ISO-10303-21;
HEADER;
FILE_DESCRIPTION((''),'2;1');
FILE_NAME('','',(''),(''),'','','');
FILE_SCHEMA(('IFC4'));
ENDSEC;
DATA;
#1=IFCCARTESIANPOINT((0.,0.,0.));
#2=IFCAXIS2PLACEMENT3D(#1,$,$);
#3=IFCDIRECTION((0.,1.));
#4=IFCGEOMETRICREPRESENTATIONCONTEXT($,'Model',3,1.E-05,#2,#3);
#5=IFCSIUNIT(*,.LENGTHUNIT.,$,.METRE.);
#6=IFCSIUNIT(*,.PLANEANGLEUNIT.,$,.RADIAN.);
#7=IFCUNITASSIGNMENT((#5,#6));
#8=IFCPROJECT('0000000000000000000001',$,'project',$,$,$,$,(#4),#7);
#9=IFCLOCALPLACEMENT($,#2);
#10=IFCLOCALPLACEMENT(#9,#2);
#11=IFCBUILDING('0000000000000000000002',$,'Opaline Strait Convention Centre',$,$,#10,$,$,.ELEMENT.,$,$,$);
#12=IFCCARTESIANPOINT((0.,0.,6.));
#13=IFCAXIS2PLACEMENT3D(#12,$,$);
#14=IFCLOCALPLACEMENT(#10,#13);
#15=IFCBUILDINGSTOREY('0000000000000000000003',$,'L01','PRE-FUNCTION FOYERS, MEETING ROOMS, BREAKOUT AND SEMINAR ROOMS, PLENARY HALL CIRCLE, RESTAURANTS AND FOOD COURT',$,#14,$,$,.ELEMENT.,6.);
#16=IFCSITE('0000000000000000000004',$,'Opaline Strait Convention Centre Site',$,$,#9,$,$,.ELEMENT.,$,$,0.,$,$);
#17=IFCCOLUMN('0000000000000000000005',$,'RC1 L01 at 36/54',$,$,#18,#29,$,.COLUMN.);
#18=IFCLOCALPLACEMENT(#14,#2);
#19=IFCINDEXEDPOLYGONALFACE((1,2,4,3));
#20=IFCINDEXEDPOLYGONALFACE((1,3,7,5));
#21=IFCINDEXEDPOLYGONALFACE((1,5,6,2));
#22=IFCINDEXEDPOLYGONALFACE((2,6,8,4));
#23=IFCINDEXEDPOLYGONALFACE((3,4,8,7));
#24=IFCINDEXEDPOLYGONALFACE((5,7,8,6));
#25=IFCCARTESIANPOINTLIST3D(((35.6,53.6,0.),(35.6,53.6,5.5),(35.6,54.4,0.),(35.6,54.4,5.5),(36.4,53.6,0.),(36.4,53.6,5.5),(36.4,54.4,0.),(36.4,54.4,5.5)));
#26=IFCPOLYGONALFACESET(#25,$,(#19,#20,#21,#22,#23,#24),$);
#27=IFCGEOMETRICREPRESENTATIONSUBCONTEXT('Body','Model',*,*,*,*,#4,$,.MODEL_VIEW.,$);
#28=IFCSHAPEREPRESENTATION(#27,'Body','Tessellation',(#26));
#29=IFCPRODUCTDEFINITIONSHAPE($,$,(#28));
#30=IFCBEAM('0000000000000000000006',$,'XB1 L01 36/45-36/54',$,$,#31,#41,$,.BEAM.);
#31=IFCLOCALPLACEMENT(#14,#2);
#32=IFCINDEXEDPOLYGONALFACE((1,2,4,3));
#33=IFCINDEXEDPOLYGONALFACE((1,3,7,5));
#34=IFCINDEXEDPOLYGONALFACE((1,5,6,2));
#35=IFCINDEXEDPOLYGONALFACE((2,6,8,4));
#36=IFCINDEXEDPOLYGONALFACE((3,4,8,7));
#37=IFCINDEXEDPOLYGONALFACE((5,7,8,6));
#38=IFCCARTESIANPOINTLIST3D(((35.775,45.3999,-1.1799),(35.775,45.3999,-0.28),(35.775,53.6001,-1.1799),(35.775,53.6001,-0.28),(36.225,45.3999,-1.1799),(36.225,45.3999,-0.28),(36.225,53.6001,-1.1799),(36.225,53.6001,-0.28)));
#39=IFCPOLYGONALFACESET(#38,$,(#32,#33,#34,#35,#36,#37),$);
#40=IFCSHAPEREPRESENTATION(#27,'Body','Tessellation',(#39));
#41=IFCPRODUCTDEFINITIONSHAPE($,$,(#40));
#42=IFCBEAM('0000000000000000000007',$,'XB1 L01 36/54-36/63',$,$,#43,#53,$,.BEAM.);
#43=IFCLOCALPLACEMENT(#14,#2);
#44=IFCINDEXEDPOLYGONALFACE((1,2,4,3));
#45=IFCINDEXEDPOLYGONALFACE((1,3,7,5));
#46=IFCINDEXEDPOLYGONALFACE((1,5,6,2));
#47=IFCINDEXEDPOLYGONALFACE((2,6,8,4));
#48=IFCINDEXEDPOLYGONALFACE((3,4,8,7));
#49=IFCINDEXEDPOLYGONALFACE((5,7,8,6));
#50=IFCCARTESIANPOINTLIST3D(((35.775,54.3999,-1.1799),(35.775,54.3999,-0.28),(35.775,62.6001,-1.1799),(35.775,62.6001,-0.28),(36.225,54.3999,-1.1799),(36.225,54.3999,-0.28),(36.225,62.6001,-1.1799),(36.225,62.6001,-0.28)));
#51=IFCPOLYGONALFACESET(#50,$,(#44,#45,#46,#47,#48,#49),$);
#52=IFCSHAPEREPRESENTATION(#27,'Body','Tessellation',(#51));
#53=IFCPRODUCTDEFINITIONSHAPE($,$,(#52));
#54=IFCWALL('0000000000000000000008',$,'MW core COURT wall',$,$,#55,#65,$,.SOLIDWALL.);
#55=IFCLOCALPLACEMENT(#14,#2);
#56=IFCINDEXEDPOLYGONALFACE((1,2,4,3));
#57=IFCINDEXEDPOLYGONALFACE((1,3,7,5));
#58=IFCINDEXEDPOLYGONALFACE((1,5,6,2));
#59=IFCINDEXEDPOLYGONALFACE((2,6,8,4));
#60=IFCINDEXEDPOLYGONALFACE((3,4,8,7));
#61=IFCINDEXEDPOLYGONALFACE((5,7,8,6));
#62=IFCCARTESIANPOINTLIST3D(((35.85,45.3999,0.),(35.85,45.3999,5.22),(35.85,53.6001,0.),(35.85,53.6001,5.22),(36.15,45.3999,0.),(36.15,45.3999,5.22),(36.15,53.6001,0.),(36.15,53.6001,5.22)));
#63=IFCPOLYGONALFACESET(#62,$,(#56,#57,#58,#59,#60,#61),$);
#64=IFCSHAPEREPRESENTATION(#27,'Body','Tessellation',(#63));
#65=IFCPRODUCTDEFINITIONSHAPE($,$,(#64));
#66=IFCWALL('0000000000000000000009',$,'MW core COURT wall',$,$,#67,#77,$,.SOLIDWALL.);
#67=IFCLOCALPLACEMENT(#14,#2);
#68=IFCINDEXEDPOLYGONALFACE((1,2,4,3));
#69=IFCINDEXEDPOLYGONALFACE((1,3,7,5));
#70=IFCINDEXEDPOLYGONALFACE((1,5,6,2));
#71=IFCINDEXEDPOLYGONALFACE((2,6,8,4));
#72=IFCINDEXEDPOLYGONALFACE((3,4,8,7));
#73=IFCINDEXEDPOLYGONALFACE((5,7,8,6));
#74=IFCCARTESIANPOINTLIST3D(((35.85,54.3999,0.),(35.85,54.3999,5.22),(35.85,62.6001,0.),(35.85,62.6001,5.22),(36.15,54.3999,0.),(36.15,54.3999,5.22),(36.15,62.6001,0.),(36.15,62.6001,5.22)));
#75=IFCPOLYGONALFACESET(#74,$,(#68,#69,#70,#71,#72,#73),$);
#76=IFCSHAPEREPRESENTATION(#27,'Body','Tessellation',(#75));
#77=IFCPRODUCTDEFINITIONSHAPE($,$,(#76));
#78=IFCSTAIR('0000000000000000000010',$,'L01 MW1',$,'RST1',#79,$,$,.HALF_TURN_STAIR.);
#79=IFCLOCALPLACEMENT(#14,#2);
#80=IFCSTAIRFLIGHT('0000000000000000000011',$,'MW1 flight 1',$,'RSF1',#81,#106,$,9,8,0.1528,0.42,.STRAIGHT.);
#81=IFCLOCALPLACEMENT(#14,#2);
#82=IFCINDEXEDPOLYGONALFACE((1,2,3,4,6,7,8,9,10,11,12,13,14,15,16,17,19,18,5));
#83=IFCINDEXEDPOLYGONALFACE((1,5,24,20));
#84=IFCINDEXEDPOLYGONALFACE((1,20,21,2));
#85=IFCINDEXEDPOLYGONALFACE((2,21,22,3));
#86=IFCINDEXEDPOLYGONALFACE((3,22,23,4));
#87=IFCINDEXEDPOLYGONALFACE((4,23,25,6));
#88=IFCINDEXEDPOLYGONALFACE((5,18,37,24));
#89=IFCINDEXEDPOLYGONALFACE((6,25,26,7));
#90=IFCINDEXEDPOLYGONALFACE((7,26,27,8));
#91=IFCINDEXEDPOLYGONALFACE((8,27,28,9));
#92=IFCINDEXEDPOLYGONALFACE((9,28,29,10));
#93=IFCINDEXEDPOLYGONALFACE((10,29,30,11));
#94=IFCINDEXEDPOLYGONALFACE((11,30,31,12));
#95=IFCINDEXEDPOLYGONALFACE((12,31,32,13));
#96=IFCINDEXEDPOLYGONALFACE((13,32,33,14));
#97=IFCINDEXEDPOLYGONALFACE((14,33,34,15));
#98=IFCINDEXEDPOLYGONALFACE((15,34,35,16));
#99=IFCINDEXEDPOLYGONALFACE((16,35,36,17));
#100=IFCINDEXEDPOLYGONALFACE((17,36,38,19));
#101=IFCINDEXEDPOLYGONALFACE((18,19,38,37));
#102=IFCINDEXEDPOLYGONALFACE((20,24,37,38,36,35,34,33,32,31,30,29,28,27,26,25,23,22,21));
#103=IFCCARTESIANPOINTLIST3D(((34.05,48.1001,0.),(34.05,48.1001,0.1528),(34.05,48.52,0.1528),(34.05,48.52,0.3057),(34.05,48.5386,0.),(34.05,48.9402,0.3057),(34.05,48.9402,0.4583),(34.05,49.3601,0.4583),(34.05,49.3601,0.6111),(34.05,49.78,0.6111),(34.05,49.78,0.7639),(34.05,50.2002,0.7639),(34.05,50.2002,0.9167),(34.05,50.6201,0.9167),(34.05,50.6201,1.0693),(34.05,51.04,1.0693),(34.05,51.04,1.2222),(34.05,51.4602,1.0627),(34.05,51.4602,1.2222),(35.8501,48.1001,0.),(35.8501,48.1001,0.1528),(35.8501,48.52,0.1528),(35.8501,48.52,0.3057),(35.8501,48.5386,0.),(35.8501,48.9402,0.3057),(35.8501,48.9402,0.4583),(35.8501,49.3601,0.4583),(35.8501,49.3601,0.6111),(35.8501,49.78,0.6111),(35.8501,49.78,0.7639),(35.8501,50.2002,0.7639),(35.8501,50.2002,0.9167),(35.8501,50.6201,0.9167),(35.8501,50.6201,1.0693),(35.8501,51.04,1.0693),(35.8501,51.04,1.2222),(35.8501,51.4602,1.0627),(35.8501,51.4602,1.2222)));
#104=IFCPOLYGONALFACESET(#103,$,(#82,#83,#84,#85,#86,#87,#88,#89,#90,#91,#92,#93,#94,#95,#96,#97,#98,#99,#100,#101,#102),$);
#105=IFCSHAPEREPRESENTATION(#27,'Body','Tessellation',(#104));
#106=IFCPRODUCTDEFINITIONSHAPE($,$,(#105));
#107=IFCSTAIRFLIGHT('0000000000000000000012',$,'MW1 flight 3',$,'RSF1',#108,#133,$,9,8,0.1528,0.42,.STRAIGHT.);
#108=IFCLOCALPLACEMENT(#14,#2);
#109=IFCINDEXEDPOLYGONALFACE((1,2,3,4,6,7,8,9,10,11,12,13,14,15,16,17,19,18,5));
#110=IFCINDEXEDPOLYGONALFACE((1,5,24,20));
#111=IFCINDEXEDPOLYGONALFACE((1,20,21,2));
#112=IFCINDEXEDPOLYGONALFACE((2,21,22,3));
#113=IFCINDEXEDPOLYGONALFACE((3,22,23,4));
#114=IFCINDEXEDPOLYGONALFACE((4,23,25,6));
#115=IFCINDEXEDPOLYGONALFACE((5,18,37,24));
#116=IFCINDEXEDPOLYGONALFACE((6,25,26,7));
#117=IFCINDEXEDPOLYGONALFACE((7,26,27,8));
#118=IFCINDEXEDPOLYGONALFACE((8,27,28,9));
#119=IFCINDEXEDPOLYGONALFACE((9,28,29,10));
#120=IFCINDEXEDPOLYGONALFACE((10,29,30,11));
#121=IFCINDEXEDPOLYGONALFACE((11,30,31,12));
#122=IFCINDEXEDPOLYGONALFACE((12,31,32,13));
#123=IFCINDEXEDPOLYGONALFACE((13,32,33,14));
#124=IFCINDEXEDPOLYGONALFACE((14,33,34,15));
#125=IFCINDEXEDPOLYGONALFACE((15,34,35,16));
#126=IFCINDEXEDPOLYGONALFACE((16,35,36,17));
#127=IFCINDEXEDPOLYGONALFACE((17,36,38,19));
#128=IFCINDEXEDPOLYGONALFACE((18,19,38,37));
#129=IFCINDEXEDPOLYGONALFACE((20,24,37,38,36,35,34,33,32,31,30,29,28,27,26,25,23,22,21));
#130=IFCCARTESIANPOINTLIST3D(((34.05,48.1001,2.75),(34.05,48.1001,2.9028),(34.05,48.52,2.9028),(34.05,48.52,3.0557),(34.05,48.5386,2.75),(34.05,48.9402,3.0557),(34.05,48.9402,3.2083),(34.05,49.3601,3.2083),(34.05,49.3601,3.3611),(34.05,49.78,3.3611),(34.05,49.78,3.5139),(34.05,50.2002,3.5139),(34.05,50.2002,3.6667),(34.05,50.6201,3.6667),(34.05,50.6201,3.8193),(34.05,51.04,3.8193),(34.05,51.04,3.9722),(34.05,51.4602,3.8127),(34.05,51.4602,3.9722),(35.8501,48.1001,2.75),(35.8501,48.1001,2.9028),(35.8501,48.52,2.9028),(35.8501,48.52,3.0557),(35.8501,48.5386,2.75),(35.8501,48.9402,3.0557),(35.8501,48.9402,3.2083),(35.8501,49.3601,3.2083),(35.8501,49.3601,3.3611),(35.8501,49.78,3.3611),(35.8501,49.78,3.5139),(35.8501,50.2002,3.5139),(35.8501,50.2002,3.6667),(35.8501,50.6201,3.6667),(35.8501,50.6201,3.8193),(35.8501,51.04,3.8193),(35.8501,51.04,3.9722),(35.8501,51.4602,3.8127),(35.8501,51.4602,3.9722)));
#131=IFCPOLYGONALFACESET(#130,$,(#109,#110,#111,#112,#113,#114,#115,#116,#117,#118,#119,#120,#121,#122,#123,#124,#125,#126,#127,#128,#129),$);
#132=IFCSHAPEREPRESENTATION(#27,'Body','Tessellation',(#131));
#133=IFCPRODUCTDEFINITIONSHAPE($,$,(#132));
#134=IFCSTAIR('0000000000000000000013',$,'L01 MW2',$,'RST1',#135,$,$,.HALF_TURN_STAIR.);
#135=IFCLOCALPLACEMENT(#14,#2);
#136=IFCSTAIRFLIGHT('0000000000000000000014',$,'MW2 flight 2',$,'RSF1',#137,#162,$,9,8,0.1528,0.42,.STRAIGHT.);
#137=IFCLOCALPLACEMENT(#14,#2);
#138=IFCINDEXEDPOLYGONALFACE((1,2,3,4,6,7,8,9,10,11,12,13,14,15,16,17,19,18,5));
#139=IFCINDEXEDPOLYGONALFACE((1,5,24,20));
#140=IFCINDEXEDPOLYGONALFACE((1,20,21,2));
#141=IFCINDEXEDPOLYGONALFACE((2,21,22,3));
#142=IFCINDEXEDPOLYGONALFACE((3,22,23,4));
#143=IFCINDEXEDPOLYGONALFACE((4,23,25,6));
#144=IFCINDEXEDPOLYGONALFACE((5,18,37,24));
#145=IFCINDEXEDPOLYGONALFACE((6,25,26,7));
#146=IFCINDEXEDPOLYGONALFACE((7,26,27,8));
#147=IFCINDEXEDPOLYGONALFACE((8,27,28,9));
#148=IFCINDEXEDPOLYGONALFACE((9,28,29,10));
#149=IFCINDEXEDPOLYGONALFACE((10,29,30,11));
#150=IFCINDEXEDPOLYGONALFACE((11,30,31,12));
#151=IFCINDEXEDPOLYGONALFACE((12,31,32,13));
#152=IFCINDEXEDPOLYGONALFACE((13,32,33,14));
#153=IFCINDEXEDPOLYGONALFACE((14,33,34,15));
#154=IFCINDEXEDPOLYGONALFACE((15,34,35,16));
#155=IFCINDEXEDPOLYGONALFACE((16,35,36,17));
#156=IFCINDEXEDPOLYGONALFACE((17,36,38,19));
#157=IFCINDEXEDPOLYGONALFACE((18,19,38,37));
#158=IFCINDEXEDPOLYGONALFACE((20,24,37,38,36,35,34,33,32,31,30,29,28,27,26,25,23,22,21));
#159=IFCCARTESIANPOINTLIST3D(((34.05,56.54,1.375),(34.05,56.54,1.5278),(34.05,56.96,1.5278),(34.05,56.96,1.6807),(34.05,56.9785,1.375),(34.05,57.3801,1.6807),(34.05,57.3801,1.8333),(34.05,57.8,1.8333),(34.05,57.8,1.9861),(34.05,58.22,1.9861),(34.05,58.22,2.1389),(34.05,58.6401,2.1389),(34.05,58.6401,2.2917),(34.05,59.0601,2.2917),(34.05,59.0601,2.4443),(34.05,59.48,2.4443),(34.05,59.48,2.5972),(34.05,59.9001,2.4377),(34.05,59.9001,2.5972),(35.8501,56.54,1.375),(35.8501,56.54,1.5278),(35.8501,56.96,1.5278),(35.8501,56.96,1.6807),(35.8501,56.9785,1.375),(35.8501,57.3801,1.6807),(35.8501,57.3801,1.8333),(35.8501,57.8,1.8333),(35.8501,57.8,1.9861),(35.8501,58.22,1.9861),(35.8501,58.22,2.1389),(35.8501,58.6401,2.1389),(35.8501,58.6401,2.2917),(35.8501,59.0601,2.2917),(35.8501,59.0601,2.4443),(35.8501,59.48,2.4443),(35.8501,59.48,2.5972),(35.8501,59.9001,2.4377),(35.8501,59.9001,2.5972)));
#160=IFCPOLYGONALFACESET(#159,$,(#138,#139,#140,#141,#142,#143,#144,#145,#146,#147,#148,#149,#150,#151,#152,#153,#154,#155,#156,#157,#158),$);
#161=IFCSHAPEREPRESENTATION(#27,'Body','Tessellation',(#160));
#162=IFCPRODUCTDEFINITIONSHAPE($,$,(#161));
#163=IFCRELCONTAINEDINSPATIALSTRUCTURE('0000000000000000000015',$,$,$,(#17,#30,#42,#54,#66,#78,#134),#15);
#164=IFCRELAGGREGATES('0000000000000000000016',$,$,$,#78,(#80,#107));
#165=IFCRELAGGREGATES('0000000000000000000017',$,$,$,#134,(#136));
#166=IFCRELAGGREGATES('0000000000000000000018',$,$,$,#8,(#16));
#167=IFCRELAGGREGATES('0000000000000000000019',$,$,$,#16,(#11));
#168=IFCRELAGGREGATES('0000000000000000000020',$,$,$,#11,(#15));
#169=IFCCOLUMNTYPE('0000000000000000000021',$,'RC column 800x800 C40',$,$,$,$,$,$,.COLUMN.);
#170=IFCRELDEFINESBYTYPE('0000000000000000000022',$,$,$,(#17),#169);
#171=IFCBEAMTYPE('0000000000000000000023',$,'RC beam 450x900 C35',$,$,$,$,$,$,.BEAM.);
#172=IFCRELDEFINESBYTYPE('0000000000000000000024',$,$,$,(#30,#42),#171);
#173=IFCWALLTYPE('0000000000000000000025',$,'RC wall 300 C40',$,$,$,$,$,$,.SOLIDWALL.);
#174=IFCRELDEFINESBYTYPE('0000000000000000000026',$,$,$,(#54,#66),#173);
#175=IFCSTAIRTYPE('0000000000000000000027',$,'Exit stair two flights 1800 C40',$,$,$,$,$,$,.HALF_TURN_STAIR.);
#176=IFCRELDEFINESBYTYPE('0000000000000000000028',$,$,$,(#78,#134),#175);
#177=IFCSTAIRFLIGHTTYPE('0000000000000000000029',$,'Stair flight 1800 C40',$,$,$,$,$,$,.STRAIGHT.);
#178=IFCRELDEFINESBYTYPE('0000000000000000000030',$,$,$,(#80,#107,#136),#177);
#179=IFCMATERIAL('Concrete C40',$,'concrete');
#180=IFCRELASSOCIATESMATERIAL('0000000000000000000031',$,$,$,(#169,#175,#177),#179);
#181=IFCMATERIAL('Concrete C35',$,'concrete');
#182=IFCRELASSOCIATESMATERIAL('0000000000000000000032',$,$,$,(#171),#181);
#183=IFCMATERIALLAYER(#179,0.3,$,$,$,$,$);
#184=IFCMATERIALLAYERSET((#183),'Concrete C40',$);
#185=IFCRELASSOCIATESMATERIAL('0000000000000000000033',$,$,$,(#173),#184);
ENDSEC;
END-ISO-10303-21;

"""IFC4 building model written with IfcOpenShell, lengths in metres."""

from ifc_helpers import new_model, si_unit, direction, frame, frame_2d, origin, origin_2d, place, context, subcontext, project, spatial, polyline, rectangle, outline, extrude, material, layer, layer_set, material_profile, profile_set, type_object, element, aggregate, save


model = new_model("IFC4")

# Units and contexts
model_context = context("Model", 3, precision=1e-05, world=origin(), true_north=direction((0.0, 1.0)))
body_context = subcontext(model_context, "Body", "Model", "MODEL_VIEW")
ifc_project = project(units=[si_unit("LENGTHUNIT", "METRE"), si_unit("PLANEANGLEUNIT", "RADIAN")], contexts=[model_context])

# Site, building, storey
site_placement = place(None, origin())
site = spatial("IfcSite", under=ifc_project, at=site_placement, Name="Opaline Strait Convention Centre Site", CompositionType="ELEMENT", RefElevation=0.0)
building_placement = place(site_placement, origin())
building = spatial("IfcBuilding", under=site, at=building_placement, Name="Opaline Strait Convention Centre", CompositionType="ELEMENT")
storey_placement = place(building_placement, frame((0.0, 0.0, 6.0)))
storey = spatial("IfcBuildingStorey", under=building, at=storey_placement, Name="L01", Description="PRE-FUNCTION FOYERS, MEETING ROOMS, BREAKOUT AND SEMINAR ROOMS, PLENARY HALL CIRCLE, RESTAURANTS AND FOOD COURT", CompositionType="ELEMENT", Elevation=6.0)

# Column
ifc_material_1 = material(Name="Concrete C40", Category="concrete")
ifc_material_profile_1 = material_profile(ifc_material_1, rectangle(XDim=0.8, YDim=0.8, at=origin_2d()), Name="RC 800x800")
ifc_profile_set_1 = profile_set([ifc_material_profile_1], Name="Concrete C40")
column_type = type_object("IfcColumnType", Name="RC column 800x800 C40", PredefinedType="COLUMN", material=ifc_profile_set_1)
column_placement = place(storey_placement, frame((36.0, 54.0, 0.0), z_axis=(0.0, 0.0, 1.0), x_axis=(1.0, 0.0, 0.0)))
element("IfcColumn", 1, at=column_placement, inside=storey, type_object=column_type, Name="RC1 L01 at 36/54", PredefinedType="COLUMN", context=body_context, shape_type="SweptSolid", body=[
    extrude(rectangle(XDim=0.8, YDim=0.8, at=origin_2d()), origin(), (0.0, 0.0, 1.0), 5.5),
])

# Beams
ifc_material_2 = material(Name="Concrete C35", Category="concrete")
ifc_material_profile_2 = material_profile(ifc_material_2, rectangle(XDim=0.45, YDim=0.8999, at=origin_2d()), Name="RC 450x900")
ifc_profile_set_2 = profile_set([ifc_material_profile_2], Name="Concrete C35")
beam_type = type_object("IfcBeamType", Name="RC beam 450x900 C35", PredefinedType="BEAM", material=ifc_profile_set_2)
for number, where, z_axis, x_axis, name in (
    (2, (36.0, 45.3999, -0.73), (0.0, 1.0, 0.0), (-1.0, 0.0, 0.0), "XB1 L01 36/45-36/54"),
    (3, (36.0, 54.3999, -0.73), (0.0, 1.0, 0.0), (-1.0, 0.0, 0.0), "XB1 L01 36/54-36/63"),
):
    element("IfcBeam", number, at=place(storey_placement, frame(where, z_axis=z_axis, x_axis=x_axis)), inside=storey, type_object=beam_type, Name=name, PredefinedType="BEAM", context=body_context, shape_type="SweptSolid", body=[
        extrude(rectangle(XDim=0.45, YDim=0.8999, at=origin_2d()), origin(), (0.0, 0.0, 1.0), 8.2002),
    ])

# Walls
ifc_layer = layer(ifc_material_1, 0.3)
ifc_layer_set = layer_set([ifc_layer], Name="Concrete C40")
wall_type = type_object("IfcWallType", Name="RC wall 300 C40", PredefinedType="SOLIDWALL", material=ifc_layer_set)
for number, where, z_axis, x_axis, name in (
    (4, (36.0, 45.3999, 0.0), (0.0, 0.0, 1.0), (0.0, 1.0, 0.0), "MW core COURT wall"),
    (5, (36.0, 54.3999, 0.0), (0.0, 0.0, 1.0), (0.0, 1.0, 0.0), "MW core COURT wall"),
):
    element("IfcWall", number, at=place(storey_placement, frame(where, z_axis=z_axis, x_axis=x_axis)), inside=storey, type_object=wall_type, Name=name, PredefinedType="SOLIDWALL", context=body_context, shape_type="SweptSolid", body=[
        extrude(rectangle(XDim=8.2002, YDim=0.3, at=frame_2d((4.1001, 0.0))), origin(), (0.0, 0.0, 1.0), 5.22),
    ])

# Stairs, stair flights
stair_type = type_object("IfcStairType", Name="Exit stair two flights 1800 C40", PredefinedType="HALF_TURN_STAIR", material=ifc_material_1)
stair_1_placement = place(storey_placement, origin())
stair_1 = element("IfcStair", 6, at=stair_1_placement, inside=storey, type_object=stair_type, Name="L01 MW1", ObjectType="RST1", PredefinedType="HALF_TURN_STAIR")
stair_flight_type = type_object("IfcStairFlightType", Name="Stair flight 1800 C40", PredefinedType="STRAIGHT", material=ifc_material_1)
stair_flight_1_placement = place(storey_placement, frame((34.95, 48.1001, 0.0), z_axis=(0.0, 0.0, 1.0), x_axis=(0.0, 1.0, 0.0)))
stair_flight_1 = element("IfcStairFlight", 7, at=stair_flight_1_placement, type_object=stair_flight_type, Name="MW1 flight 1", ObjectType="RSF1", NumberOfRisers=9, NumberOfTreads=8, PredefinedType="STRAIGHT", RiserHeight=0.1528, TreadLength=0.42, context=body_context, shape_type="SweptSolid", body=[
    extrude(outline(polyline([(0.0, 0.0), (0.0, 0.1528), (0.4199, 0.1528), (0.4199, 0.3057), (0.8401, 0.3057), (0.8401, 0.4583), (1.26, 0.4583), (1.26, 0.6111), (1.6799, 0.6111), (1.6799, 0.7639), (2.1001, 0.7639), (2.1001, 0.9167), (2.52, 0.9167), (2.52, 1.0693), (2.9399, 1.0693), (2.9399, 1.2222), (3.3601, 1.2222), (3.3601, 1.375), (3.3601, 1.0627), (0.4385, 0.0), (0.0, 0.0)])), frame((0.0, 0.8999, 0.0), z_axis=(0.0, -1.0, 0.0), x_axis=(1.0, 0.0, 0.0)), (0.0, 0.0, 1.0), 1.8),
])
stair_flight_2_placement = place(storey_placement, frame((34.95, 48.1001, 2.75), z_axis=(0.0, 0.0, 1.0), x_axis=(0.0, 1.0, 0.0)))
stair_flight_2 = element("IfcStairFlight", 8, at=stair_flight_2_placement, type_object=stair_flight_type, Name="MW1 flight 3", ObjectType="RSF1", NumberOfRisers=9, NumberOfTreads=8, PredefinedType="STRAIGHT", RiserHeight=0.1528, TreadLength=0.42, context=body_context, shape_type="SweptSolid", body=[
    extrude(outline(polyline([(0.0, 0.0), (0.0, 0.1528), (0.4199, 0.1528), (0.4199, 0.3057), (0.8401, 0.3057), (0.8401, 0.4583), (1.26, 0.4583), (1.26, 0.6111), (1.6799, 0.6111), (1.6799, 0.7639), (2.1001, 0.7639), (2.1001, 0.9167), (2.52, 0.9167), (2.52, 1.0693), (2.9399, 1.0693), (2.9399, 1.2222), (3.3601, 1.2222), (3.3601, 1.375), (3.3601, 1.0627), (0.4385, 0.0), (0.0, 0.0)])), frame((0.0, 0.8999, 0.0), z_axis=(0.0, -1.0, 0.0), x_axis=(1.0, 0.0, 0.0)), (0.0, 0.0, 1.0), 1.8),
])
aggregate(stair_1, [stair_flight_1, stair_flight_2])
stair_2_placement = place(storey_placement, origin())
stair_2 = element("IfcStair", 9, at=stair_2_placement, inside=storey, type_object=stair_type, Name="L01 MW2", ObjectType="RST1", PredefinedType="HALF_TURN_STAIR")
stair_flight_3_placement = place(storey_placement, frame((34.95, 56.54, 1.375), z_axis=(0.0, 0.0, 1.0), x_axis=(0.0, 1.0, 0.0)))
stair_flight_3 = element("IfcStairFlight", 10, at=stair_flight_3_placement, type_object=stair_flight_type, Name="MW2 flight 2", ObjectType="RSF1", NumberOfRisers=9, NumberOfTreads=8, PredefinedType="STRAIGHT", RiserHeight=0.1528, TreadLength=0.42, context=body_context, shape_type="SweptSolid", body=[
    extrude(outline(polyline([(0.0, 0.0), (0.0, 0.1528), (0.4199, 0.1528), (0.4199, 0.3057), (0.8401, 0.3057), (0.8401, 0.4583), (1.26, 0.4583), (1.26, 0.6111), (1.6799, 0.6111), (1.6799, 0.7639), (2.1001, 0.7639), (2.1001, 0.9167), (2.52, 0.9167), (2.52, 1.0693), (2.9399, 1.0693), (2.9399, 1.2222), (3.3601, 1.2222), (3.3601, 1.375), (3.3601, 1.0627), (0.4385, 0.0), (0.0, 0.0)])), frame((0.0, 0.8999, 0.0), z_axis=(0.0, -1.0, 0.0), x_axis=(1.0, 0.0, 0.0)), (0.0, 0.0, 1.0), 1.8),
])
aggregate(stair_2, [stair_flight_3])

save(model, "model.ifc")
